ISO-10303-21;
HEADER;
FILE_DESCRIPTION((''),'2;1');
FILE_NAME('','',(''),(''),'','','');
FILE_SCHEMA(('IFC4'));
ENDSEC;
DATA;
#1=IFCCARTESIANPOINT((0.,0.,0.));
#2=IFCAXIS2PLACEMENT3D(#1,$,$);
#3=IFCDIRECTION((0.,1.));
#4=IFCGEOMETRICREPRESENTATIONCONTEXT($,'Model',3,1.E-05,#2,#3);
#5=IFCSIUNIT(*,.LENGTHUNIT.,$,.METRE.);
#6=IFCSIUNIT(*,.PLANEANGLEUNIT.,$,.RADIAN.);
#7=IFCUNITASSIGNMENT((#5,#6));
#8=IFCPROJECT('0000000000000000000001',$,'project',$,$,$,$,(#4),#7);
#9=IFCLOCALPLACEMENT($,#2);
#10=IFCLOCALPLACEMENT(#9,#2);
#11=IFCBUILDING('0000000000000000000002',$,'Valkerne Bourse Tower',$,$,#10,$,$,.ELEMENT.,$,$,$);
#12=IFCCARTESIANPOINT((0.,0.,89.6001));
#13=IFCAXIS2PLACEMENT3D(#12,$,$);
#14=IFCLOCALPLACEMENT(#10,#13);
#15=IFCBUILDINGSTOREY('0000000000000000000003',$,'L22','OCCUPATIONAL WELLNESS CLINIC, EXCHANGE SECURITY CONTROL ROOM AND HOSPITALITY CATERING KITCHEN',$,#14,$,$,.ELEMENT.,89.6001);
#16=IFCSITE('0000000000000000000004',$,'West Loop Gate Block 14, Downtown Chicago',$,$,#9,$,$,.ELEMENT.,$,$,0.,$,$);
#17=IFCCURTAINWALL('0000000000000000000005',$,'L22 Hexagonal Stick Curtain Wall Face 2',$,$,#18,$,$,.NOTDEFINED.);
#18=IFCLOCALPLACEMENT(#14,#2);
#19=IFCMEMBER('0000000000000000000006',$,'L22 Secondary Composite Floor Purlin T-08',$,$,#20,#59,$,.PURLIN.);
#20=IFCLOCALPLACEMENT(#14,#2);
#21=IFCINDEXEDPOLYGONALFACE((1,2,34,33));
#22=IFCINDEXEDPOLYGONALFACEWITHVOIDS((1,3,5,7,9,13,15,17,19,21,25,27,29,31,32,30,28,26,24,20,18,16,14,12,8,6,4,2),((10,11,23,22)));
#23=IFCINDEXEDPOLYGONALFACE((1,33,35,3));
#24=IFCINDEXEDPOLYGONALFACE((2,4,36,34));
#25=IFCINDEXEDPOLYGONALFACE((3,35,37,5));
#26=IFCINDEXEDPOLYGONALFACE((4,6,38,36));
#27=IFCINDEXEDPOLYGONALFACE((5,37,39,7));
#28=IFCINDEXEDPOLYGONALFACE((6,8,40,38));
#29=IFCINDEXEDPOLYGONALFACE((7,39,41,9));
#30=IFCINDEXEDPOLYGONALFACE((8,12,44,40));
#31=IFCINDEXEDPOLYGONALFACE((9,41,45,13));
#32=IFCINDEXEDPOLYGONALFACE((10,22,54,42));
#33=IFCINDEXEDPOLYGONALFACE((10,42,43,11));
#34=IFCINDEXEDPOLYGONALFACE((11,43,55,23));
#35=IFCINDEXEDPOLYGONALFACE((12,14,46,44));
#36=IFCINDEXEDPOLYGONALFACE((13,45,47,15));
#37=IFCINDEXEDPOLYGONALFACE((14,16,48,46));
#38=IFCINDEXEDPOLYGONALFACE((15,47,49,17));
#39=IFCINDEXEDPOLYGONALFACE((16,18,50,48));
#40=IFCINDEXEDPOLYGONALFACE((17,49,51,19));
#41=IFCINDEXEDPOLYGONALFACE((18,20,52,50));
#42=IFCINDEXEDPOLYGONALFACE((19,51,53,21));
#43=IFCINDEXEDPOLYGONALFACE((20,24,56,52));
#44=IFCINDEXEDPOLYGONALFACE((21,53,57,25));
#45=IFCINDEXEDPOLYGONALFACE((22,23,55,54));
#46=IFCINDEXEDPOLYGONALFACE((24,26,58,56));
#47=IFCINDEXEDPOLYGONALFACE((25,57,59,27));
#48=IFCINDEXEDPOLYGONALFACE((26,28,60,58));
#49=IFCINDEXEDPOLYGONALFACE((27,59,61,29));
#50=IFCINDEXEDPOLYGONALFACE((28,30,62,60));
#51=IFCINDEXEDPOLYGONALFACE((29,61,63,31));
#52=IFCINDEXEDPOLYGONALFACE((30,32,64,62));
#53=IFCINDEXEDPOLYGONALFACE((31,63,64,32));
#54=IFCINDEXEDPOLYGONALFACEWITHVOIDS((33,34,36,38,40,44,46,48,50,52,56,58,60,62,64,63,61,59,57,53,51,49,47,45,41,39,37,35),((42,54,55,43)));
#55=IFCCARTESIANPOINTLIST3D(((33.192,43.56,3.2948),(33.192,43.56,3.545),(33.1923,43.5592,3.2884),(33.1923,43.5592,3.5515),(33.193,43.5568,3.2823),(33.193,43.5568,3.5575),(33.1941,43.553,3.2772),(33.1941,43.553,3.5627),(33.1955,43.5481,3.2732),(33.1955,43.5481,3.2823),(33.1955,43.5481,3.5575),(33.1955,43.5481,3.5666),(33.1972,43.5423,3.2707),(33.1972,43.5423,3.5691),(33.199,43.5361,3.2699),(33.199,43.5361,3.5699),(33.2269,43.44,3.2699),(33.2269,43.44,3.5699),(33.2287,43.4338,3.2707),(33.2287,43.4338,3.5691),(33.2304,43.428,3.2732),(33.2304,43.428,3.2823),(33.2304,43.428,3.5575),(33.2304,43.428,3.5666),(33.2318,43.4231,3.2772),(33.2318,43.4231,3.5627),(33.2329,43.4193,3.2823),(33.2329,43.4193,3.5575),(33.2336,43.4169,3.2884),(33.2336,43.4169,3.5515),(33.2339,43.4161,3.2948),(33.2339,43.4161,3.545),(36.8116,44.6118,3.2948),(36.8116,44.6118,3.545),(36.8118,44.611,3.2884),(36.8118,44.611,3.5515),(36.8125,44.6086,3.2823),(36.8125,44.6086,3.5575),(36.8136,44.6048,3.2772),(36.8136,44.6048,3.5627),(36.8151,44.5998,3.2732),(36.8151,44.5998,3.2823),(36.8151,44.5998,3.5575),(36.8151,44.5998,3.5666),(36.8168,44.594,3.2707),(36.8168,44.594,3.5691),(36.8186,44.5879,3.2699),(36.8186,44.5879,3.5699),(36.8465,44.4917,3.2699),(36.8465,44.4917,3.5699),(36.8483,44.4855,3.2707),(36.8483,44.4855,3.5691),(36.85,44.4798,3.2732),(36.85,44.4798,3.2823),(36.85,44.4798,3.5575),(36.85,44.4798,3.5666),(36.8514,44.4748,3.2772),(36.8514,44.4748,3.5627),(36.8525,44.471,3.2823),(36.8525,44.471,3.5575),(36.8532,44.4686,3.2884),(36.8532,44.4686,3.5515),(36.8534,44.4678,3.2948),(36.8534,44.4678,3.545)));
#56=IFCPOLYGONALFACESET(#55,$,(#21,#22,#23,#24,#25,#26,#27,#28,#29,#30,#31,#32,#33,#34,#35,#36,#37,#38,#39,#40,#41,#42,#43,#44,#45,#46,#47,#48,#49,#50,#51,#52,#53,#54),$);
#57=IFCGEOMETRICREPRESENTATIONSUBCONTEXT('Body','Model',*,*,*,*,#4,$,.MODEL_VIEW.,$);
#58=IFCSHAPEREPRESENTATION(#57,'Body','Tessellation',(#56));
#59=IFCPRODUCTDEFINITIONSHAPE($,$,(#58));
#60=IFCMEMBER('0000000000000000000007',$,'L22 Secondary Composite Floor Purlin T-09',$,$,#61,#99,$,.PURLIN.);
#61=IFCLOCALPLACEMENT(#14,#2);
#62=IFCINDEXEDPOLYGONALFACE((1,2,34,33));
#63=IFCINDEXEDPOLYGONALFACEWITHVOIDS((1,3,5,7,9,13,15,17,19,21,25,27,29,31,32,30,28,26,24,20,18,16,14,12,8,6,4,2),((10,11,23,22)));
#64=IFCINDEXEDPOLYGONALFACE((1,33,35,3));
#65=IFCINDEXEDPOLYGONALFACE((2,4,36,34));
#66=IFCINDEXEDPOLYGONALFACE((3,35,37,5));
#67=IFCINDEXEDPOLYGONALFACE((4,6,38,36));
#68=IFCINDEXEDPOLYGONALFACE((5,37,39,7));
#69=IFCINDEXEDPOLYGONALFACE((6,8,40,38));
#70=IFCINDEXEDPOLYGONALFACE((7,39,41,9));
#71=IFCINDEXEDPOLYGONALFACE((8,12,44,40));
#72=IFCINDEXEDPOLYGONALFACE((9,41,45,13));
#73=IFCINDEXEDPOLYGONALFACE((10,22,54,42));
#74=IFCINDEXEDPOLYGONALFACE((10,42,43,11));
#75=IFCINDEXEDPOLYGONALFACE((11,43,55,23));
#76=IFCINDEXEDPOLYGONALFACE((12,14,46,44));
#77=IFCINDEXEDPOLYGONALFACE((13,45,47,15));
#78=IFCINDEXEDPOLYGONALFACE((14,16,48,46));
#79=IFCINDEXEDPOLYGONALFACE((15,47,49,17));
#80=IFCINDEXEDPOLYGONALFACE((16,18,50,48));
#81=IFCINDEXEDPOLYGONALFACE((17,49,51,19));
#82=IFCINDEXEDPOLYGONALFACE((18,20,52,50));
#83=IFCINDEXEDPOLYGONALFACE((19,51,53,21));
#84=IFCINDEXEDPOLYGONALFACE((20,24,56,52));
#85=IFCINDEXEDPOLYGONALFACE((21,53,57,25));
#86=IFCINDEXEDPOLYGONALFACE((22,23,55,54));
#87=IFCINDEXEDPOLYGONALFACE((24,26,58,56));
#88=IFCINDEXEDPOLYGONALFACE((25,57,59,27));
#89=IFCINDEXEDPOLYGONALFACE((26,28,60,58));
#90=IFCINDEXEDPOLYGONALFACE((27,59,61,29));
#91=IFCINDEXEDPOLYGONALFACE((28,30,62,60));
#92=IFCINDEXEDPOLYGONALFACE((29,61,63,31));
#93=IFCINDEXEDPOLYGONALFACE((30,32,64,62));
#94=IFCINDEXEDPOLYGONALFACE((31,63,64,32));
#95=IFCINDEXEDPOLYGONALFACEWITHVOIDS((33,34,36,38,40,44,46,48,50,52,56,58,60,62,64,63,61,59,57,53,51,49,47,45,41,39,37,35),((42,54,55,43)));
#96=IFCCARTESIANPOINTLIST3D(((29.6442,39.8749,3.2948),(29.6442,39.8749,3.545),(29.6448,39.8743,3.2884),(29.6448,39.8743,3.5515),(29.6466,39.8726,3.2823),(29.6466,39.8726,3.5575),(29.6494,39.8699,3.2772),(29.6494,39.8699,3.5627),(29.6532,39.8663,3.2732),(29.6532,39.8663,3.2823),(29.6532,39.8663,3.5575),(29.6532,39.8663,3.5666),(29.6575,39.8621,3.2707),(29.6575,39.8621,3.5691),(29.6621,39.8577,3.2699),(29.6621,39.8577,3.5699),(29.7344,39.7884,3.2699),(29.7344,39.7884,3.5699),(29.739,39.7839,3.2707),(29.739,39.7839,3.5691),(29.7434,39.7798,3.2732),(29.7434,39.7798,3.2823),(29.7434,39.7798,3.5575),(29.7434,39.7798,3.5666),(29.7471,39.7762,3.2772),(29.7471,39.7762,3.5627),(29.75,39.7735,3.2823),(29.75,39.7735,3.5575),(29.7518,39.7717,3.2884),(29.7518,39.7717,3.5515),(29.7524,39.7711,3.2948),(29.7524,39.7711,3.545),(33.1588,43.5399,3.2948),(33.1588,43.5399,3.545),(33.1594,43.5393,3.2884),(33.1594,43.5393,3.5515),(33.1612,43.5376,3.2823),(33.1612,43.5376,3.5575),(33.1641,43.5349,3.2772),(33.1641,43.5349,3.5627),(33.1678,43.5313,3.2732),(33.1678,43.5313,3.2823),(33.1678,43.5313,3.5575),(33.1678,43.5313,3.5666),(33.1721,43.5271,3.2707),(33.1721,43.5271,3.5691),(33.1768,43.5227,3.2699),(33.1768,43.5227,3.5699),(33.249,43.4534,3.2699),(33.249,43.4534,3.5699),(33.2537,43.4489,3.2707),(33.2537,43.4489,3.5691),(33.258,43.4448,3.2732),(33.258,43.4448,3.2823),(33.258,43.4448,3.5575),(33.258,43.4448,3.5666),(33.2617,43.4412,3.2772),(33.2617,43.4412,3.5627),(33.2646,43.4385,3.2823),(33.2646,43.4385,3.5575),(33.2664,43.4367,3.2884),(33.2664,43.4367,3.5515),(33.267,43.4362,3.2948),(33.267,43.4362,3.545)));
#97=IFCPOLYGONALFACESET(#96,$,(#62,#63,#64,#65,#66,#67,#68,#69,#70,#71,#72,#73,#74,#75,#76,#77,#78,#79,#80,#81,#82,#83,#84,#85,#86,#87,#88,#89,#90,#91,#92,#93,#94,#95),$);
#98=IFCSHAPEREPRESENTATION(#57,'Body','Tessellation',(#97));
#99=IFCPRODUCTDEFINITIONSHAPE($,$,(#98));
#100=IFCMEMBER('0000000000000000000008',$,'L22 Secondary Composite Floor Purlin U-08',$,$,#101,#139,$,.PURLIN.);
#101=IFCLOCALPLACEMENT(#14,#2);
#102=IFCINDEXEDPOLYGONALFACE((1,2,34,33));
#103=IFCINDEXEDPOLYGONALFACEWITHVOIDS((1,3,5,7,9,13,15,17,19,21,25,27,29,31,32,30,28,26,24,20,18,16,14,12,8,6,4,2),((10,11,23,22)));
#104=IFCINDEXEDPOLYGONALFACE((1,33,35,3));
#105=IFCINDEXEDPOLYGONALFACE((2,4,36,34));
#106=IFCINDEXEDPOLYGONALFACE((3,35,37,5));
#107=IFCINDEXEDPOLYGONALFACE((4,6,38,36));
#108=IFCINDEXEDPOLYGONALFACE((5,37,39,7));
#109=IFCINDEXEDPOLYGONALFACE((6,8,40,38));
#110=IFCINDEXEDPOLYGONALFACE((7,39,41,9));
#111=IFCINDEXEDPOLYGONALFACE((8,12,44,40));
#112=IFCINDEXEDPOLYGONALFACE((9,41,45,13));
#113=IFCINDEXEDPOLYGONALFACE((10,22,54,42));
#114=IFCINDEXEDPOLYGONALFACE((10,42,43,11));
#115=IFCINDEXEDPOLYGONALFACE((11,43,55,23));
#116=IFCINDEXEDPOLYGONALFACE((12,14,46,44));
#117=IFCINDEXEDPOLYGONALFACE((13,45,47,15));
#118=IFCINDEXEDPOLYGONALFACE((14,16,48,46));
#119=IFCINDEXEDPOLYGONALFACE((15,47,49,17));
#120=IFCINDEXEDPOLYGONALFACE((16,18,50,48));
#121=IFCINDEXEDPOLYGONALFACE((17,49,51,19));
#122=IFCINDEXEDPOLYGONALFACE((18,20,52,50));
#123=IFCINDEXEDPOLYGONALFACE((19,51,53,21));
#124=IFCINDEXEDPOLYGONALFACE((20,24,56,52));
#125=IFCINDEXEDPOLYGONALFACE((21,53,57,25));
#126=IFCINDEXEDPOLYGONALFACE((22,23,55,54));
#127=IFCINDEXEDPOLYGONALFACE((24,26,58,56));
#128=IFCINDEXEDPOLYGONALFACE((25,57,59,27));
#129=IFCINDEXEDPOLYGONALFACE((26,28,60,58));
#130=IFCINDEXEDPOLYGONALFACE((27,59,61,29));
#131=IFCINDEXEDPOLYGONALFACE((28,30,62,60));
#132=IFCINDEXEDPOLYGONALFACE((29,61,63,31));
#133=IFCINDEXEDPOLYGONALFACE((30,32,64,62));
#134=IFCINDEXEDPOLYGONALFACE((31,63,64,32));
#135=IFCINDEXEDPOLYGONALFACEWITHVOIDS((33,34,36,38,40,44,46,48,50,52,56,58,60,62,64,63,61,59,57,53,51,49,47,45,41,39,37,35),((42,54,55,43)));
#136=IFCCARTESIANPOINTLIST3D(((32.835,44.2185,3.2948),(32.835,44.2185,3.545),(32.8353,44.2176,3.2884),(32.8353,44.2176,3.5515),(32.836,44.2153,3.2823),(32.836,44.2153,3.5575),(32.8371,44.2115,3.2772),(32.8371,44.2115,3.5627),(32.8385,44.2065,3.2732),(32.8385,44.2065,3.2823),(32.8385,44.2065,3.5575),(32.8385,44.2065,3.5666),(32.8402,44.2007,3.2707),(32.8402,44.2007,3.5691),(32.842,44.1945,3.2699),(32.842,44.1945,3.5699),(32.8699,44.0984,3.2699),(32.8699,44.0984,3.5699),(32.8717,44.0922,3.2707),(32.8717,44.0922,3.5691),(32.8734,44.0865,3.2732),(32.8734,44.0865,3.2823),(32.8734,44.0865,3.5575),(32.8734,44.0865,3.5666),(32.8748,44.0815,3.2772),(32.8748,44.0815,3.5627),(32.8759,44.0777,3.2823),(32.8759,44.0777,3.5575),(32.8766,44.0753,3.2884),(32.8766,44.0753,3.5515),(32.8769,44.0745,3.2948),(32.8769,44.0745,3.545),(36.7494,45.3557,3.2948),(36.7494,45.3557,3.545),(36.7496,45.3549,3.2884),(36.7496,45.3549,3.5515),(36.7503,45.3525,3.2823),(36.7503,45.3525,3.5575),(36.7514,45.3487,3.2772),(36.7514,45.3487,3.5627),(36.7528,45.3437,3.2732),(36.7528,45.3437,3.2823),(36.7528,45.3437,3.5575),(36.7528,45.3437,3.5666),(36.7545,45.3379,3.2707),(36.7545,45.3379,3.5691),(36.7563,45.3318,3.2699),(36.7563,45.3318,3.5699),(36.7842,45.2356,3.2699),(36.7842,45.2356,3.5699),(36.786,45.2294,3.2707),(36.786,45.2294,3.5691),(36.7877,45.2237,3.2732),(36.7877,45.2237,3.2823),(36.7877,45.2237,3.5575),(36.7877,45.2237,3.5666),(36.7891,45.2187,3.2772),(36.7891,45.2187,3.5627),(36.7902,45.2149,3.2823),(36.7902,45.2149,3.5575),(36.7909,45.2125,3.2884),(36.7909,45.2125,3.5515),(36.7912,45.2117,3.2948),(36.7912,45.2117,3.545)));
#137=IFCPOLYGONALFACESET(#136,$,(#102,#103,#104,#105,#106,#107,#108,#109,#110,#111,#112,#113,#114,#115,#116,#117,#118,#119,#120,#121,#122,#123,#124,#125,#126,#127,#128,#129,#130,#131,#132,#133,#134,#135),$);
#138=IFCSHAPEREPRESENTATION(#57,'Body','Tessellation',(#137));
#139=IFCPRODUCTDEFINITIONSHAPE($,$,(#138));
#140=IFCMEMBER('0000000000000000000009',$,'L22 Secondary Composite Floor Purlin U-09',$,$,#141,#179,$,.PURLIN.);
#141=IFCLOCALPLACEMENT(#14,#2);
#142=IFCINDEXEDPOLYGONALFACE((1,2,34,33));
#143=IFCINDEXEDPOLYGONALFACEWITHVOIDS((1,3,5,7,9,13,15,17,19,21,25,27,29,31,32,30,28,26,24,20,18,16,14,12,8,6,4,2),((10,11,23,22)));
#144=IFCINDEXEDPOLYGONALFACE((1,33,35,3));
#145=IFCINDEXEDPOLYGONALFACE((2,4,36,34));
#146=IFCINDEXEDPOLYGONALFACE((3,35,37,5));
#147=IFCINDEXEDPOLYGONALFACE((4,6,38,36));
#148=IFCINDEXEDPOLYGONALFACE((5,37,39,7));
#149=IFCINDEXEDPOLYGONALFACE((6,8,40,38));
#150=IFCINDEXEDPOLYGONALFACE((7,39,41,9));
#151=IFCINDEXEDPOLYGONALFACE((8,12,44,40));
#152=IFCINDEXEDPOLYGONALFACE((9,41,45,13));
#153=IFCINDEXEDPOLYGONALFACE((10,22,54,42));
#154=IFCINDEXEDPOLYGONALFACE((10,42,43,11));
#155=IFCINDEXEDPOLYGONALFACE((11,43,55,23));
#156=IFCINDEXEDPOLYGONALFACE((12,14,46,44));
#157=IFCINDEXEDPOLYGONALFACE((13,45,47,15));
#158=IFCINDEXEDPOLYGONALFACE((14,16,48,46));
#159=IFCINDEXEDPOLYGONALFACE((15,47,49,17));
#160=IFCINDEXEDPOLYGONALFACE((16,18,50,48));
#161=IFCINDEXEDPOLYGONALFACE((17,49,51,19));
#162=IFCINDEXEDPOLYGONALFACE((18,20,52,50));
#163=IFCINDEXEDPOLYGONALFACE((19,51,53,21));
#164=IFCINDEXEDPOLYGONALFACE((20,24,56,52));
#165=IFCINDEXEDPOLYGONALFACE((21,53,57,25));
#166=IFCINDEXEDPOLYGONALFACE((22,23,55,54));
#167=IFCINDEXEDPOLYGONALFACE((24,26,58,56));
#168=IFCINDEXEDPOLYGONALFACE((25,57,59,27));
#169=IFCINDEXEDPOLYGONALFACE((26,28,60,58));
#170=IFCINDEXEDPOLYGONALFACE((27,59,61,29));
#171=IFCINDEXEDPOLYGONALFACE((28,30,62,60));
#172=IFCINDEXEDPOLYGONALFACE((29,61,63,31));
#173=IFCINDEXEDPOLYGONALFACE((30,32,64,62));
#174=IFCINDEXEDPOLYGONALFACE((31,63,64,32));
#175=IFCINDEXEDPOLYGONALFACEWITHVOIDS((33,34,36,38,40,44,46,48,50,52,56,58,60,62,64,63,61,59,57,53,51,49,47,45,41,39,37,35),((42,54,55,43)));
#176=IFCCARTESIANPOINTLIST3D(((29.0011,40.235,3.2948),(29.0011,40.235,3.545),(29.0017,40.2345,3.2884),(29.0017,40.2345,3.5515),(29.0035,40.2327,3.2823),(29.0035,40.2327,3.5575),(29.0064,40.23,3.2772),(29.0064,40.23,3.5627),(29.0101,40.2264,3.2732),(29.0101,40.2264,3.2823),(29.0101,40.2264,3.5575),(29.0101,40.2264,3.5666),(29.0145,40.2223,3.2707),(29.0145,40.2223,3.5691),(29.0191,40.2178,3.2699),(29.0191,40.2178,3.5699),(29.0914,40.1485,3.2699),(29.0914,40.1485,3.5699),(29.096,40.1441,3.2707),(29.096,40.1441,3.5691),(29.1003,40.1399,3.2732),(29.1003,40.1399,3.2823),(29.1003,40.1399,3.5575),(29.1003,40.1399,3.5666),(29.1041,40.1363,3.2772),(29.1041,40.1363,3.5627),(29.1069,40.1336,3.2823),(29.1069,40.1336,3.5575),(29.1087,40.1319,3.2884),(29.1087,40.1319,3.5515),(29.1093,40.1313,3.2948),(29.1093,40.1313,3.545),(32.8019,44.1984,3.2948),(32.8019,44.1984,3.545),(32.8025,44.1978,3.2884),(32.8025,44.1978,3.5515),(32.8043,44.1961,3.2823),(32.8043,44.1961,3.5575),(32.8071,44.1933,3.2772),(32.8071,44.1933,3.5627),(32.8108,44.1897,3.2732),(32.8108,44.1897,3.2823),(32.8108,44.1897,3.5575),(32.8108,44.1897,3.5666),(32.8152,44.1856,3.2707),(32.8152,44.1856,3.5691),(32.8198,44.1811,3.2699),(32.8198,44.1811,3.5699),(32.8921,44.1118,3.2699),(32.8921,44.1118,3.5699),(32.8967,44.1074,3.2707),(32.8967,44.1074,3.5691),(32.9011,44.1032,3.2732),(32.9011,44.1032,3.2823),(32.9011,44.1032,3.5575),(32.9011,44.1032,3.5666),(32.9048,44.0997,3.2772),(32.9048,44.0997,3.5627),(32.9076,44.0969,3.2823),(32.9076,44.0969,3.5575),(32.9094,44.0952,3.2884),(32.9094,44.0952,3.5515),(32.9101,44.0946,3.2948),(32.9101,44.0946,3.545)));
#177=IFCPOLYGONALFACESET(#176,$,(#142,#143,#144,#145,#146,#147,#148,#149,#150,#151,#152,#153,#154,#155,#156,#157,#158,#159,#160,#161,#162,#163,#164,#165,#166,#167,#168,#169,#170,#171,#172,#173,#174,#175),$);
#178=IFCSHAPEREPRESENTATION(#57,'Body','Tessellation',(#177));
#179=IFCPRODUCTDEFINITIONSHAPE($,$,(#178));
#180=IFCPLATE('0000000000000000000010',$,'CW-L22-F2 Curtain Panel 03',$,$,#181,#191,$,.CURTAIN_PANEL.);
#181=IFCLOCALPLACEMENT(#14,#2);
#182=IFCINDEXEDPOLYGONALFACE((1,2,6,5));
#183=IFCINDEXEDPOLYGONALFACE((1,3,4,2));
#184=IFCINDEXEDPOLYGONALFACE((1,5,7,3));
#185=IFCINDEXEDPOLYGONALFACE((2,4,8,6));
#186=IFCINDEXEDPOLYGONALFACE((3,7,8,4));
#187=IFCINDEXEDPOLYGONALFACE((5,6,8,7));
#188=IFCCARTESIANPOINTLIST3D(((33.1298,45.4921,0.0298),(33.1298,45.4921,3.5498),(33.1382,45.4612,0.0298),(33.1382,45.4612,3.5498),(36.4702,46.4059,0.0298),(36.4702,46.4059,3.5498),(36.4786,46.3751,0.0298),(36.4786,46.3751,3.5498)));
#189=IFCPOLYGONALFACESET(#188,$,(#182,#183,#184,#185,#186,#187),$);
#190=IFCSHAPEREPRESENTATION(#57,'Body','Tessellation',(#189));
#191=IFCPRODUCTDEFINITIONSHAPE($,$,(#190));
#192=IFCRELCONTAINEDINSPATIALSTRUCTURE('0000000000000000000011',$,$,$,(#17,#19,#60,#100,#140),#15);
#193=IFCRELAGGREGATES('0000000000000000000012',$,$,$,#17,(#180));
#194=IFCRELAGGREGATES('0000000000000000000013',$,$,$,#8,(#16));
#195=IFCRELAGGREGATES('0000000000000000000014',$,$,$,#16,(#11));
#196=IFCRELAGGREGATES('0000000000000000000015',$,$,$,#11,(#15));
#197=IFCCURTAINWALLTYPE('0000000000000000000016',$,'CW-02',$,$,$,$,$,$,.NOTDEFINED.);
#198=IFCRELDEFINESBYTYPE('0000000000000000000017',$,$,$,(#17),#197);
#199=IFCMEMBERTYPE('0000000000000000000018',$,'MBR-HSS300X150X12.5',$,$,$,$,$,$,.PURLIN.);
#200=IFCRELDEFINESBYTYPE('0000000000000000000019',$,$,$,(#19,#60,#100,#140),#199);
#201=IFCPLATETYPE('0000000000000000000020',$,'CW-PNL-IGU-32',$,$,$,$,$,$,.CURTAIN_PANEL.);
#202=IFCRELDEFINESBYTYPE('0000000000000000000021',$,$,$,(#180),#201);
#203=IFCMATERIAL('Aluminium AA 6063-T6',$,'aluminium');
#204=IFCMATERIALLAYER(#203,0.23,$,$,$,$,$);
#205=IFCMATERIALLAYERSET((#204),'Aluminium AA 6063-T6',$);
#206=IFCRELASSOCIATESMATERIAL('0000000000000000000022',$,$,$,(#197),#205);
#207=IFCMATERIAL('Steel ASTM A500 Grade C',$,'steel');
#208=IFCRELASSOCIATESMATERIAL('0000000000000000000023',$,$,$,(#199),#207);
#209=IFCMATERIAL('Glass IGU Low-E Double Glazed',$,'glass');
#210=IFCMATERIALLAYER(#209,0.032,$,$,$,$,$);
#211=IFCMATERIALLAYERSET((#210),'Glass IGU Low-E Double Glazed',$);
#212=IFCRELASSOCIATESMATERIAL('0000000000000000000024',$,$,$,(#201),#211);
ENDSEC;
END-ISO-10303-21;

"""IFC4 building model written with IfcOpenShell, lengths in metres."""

from ifc_helpers import new_model, si_unit, direction, frame, origin, origin_2d, place, context, subcontext, project, spatial, rectangle, hollow_rectangle, extrude, material, layer, layer_set, material_profile, profile_set, type_object, element, aggregate, save


model = new_model("IFC4")

# Units and contexts
model_context = context("Model", 3, precision=1e-05, world=origin(), true_north=direction((0.0, 1.0)))
body_context = subcontext(model_context, "Body", "Model", "MODEL_VIEW")
ifc_project = project(units=[si_unit("LENGTHUNIT", "METRE"), si_unit("PLANEANGLEUNIT", "RADIAN")], contexts=[model_context])

# Site, building, storey
site_placement = place(None, origin())
site = spatial("IfcSite", under=ifc_project, at=site_placement, Name="West Loop Gate Block 14, Downtown Chicago", CompositionType="ELEMENT", RefElevation=0.0)
building_placement = place(site_placement, origin())
building = spatial("IfcBuilding", under=site, at=building_placement, Name="Valkerne Bourse Tower", CompositionType="ELEMENT")
storey_placement = place(building_placement, frame((0.0, 0.0, 89.6001)))
storey = spatial("IfcBuildingStorey", under=building, at=storey_placement, Name="L22", Description="OCCUPATIONAL WELLNESS CLINIC, EXCHANGE SECURITY CONTROL ROOM AND HOSPITALITY CATERING KITCHEN", CompositionType="ELEMENT", Elevation=89.6001)

# Curtain wall
ifc_material_1 = material(Name="Aluminium AA 6063-T6", Category="aluminium")
ifc_layer_1 = layer(ifc_material_1, 0.23)
ifc_layer_set_1 = layer_set([ifc_layer_1], Name="Aluminium AA 6063-T6")
curtain_wall_type = type_object("IfcCurtainWallType", Name="CW-02", PredefinedType="NOTDEFINED", material=ifc_layer_set_1)
curtain_wall_1_placement = place(storey_placement, origin())
curtain_wall_1 = element("IfcCurtainWall", 1, at=curtain_wall_1_placement, inside=storey, type_object=curtain_wall_type, Name="L22 Hexagonal Stick Curtain Wall Face 2", PredefinedType="NOTDEFINED")

# Members
ifc_material_2 = material(Name="Steel ASTM A500 Grade C", Category="steel")
ifc_material_profile_1 = material_profile(ifc_material_2, hollow_rectangle(XDim=0.1499, YDim=0.3, WallThickness=0.0125, OuterFilletRadius=0.0249, at=origin_2d()), Name="HSS300X150X12.5")
ifc_profile_set_1 = profile_set([ifc_material_profile_1], Name="Steel ASTM A500 Grade C")
member_type_1 = type_object("IfcMemberType", Name="MBR-HSS300X150X12.5", PredefinedType="PURLIN", material=ifc_profile_set_1)
member_1_placement = place(storey_placement, frame((36.8325, 44.5398, 3.4199), z_axis=(-0.960282, -0.27903, 0.0), x_axis=(0.27903, -0.960282, 0.0)))
element("IfcMember", 2, at=member_1_placement, inside=storey, type_object=member_type_1, Name="L22 Secondary Composite Floor Purlin T-08", PredefinedType="PURLIN", context=body_context, shape_type="SweptSolid", body=[
    extrude(hollow_rectangle(XDim=0.1499, YDim=0.3, WallThickness=0.0125, OuterFilletRadius=0.0249, at=origin_2d()), origin(), (0.0, 0.0, 1.0), 3.7693),
])
member_2_placement = place(storey_placement, frame((33.2129, 43.488, 3.4199), z_axis=(-0.692143, -0.72176, 0.0), x_axis=(0.72176, -0.692143, 0.0)))
element("IfcMember", 3, at=member_2_placement, inside=storey, type_object=member_type_1, Name="L22 Secondary Composite Floor Purlin T-09", PredefinedType="PURLIN", context=body_context, shape_type="SweptSolid", body=[
    extrude(hollow_rectangle(XDim=0.1499, YDim=0.3, WallThickness=0.0125, OuterFilletRadius=0.0249, at=origin_2d()), origin(), (0.0, 0.0, 1.0), 5.0779),
])
member_3_placement = place(storey_placement, frame((36.7703, 45.2837, 3.4199), z_axis=(-0.960294, -0.27899, 0.0), x_axis=(0.27899, -0.960294, 0.0)))
element("IfcMember", 4, at=member_3_placement, inside=storey, type_object=member_type_1, Name="L22 Secondary Composite Floor Purlin U-08", PredefinedType="PURLIN", context=body_context, shape_type="SweptSolid", body=[
    extrude(hollow_rectangle(XDim=0.1499, YDim=0.3, WallThickness=0.0125, OuterFilletRadius=0.0249, at=origin_2d()), origin(), (0.0, 0.0, 1.0), 4.0762),
])
member_4_placement = place(storey_placement, frame((32.856, 44.1465, 3.4199), z_axis=(-0.692147, -0.721757, 0.0), x_axis=(0.721757, -0.692147, 0.0)))
element("IfcMember", 5, at=member_4_placement, inside=storey, type_object=member_type_1, Name="L22 Secondary Composite Floor Purlin U-09", PredefinedType="PURLIN", context=body_context, shape_type="SweptSolid", body=[
    extrude(hollow_rectangle(XDim=0.1499, YDim=0.3, WallThickness=0.0125, OuterFilletRadius=0.0249, at=origin_2d()), origin(), (0.0, 0.0, 1.0), 5.4912),
])

# Plate
ifc_material_3 = material(Name="Glass IGU Low-E Double Glazed", Category="glass")
ifc_layer_2 = layer(ifc_material_3, 0.032)
ifc_layer_set_2 = layer_set([ifc_layer_2], Name="Glass IGU Low-E Double Glazed")
plate_type = type_object("IfcPlateType", Name="CW-PNL-IGU-32", PredefinedType="CURTAIN_PANEL", material=ifc_layer_set_2)
plate_placement = place(storey_placement, frame((34.8042, 45.9336, 0.0298), z_axis=(0.0, 0.0, 1.0), x_axis=(-0.964556, -0.26388, 0.0)))
plate = element("IfcPlate", 6, at=plate_placement, type_object=plate_type, Name="CW-L22-F2 Curtain Panel 03", PredefinedType="CURTAIN_PANEL", context=body_context, shape_type="SweptSolid", body=[
    extrude(rectangle(XDim=3.4631, YDim=0.032, at=origin_2d()), origin(), (0.0, 0.0, 1.0), 3.52),
])
aggregate(curtain_wall_1, [plate])

save(model, "model.ifc")
